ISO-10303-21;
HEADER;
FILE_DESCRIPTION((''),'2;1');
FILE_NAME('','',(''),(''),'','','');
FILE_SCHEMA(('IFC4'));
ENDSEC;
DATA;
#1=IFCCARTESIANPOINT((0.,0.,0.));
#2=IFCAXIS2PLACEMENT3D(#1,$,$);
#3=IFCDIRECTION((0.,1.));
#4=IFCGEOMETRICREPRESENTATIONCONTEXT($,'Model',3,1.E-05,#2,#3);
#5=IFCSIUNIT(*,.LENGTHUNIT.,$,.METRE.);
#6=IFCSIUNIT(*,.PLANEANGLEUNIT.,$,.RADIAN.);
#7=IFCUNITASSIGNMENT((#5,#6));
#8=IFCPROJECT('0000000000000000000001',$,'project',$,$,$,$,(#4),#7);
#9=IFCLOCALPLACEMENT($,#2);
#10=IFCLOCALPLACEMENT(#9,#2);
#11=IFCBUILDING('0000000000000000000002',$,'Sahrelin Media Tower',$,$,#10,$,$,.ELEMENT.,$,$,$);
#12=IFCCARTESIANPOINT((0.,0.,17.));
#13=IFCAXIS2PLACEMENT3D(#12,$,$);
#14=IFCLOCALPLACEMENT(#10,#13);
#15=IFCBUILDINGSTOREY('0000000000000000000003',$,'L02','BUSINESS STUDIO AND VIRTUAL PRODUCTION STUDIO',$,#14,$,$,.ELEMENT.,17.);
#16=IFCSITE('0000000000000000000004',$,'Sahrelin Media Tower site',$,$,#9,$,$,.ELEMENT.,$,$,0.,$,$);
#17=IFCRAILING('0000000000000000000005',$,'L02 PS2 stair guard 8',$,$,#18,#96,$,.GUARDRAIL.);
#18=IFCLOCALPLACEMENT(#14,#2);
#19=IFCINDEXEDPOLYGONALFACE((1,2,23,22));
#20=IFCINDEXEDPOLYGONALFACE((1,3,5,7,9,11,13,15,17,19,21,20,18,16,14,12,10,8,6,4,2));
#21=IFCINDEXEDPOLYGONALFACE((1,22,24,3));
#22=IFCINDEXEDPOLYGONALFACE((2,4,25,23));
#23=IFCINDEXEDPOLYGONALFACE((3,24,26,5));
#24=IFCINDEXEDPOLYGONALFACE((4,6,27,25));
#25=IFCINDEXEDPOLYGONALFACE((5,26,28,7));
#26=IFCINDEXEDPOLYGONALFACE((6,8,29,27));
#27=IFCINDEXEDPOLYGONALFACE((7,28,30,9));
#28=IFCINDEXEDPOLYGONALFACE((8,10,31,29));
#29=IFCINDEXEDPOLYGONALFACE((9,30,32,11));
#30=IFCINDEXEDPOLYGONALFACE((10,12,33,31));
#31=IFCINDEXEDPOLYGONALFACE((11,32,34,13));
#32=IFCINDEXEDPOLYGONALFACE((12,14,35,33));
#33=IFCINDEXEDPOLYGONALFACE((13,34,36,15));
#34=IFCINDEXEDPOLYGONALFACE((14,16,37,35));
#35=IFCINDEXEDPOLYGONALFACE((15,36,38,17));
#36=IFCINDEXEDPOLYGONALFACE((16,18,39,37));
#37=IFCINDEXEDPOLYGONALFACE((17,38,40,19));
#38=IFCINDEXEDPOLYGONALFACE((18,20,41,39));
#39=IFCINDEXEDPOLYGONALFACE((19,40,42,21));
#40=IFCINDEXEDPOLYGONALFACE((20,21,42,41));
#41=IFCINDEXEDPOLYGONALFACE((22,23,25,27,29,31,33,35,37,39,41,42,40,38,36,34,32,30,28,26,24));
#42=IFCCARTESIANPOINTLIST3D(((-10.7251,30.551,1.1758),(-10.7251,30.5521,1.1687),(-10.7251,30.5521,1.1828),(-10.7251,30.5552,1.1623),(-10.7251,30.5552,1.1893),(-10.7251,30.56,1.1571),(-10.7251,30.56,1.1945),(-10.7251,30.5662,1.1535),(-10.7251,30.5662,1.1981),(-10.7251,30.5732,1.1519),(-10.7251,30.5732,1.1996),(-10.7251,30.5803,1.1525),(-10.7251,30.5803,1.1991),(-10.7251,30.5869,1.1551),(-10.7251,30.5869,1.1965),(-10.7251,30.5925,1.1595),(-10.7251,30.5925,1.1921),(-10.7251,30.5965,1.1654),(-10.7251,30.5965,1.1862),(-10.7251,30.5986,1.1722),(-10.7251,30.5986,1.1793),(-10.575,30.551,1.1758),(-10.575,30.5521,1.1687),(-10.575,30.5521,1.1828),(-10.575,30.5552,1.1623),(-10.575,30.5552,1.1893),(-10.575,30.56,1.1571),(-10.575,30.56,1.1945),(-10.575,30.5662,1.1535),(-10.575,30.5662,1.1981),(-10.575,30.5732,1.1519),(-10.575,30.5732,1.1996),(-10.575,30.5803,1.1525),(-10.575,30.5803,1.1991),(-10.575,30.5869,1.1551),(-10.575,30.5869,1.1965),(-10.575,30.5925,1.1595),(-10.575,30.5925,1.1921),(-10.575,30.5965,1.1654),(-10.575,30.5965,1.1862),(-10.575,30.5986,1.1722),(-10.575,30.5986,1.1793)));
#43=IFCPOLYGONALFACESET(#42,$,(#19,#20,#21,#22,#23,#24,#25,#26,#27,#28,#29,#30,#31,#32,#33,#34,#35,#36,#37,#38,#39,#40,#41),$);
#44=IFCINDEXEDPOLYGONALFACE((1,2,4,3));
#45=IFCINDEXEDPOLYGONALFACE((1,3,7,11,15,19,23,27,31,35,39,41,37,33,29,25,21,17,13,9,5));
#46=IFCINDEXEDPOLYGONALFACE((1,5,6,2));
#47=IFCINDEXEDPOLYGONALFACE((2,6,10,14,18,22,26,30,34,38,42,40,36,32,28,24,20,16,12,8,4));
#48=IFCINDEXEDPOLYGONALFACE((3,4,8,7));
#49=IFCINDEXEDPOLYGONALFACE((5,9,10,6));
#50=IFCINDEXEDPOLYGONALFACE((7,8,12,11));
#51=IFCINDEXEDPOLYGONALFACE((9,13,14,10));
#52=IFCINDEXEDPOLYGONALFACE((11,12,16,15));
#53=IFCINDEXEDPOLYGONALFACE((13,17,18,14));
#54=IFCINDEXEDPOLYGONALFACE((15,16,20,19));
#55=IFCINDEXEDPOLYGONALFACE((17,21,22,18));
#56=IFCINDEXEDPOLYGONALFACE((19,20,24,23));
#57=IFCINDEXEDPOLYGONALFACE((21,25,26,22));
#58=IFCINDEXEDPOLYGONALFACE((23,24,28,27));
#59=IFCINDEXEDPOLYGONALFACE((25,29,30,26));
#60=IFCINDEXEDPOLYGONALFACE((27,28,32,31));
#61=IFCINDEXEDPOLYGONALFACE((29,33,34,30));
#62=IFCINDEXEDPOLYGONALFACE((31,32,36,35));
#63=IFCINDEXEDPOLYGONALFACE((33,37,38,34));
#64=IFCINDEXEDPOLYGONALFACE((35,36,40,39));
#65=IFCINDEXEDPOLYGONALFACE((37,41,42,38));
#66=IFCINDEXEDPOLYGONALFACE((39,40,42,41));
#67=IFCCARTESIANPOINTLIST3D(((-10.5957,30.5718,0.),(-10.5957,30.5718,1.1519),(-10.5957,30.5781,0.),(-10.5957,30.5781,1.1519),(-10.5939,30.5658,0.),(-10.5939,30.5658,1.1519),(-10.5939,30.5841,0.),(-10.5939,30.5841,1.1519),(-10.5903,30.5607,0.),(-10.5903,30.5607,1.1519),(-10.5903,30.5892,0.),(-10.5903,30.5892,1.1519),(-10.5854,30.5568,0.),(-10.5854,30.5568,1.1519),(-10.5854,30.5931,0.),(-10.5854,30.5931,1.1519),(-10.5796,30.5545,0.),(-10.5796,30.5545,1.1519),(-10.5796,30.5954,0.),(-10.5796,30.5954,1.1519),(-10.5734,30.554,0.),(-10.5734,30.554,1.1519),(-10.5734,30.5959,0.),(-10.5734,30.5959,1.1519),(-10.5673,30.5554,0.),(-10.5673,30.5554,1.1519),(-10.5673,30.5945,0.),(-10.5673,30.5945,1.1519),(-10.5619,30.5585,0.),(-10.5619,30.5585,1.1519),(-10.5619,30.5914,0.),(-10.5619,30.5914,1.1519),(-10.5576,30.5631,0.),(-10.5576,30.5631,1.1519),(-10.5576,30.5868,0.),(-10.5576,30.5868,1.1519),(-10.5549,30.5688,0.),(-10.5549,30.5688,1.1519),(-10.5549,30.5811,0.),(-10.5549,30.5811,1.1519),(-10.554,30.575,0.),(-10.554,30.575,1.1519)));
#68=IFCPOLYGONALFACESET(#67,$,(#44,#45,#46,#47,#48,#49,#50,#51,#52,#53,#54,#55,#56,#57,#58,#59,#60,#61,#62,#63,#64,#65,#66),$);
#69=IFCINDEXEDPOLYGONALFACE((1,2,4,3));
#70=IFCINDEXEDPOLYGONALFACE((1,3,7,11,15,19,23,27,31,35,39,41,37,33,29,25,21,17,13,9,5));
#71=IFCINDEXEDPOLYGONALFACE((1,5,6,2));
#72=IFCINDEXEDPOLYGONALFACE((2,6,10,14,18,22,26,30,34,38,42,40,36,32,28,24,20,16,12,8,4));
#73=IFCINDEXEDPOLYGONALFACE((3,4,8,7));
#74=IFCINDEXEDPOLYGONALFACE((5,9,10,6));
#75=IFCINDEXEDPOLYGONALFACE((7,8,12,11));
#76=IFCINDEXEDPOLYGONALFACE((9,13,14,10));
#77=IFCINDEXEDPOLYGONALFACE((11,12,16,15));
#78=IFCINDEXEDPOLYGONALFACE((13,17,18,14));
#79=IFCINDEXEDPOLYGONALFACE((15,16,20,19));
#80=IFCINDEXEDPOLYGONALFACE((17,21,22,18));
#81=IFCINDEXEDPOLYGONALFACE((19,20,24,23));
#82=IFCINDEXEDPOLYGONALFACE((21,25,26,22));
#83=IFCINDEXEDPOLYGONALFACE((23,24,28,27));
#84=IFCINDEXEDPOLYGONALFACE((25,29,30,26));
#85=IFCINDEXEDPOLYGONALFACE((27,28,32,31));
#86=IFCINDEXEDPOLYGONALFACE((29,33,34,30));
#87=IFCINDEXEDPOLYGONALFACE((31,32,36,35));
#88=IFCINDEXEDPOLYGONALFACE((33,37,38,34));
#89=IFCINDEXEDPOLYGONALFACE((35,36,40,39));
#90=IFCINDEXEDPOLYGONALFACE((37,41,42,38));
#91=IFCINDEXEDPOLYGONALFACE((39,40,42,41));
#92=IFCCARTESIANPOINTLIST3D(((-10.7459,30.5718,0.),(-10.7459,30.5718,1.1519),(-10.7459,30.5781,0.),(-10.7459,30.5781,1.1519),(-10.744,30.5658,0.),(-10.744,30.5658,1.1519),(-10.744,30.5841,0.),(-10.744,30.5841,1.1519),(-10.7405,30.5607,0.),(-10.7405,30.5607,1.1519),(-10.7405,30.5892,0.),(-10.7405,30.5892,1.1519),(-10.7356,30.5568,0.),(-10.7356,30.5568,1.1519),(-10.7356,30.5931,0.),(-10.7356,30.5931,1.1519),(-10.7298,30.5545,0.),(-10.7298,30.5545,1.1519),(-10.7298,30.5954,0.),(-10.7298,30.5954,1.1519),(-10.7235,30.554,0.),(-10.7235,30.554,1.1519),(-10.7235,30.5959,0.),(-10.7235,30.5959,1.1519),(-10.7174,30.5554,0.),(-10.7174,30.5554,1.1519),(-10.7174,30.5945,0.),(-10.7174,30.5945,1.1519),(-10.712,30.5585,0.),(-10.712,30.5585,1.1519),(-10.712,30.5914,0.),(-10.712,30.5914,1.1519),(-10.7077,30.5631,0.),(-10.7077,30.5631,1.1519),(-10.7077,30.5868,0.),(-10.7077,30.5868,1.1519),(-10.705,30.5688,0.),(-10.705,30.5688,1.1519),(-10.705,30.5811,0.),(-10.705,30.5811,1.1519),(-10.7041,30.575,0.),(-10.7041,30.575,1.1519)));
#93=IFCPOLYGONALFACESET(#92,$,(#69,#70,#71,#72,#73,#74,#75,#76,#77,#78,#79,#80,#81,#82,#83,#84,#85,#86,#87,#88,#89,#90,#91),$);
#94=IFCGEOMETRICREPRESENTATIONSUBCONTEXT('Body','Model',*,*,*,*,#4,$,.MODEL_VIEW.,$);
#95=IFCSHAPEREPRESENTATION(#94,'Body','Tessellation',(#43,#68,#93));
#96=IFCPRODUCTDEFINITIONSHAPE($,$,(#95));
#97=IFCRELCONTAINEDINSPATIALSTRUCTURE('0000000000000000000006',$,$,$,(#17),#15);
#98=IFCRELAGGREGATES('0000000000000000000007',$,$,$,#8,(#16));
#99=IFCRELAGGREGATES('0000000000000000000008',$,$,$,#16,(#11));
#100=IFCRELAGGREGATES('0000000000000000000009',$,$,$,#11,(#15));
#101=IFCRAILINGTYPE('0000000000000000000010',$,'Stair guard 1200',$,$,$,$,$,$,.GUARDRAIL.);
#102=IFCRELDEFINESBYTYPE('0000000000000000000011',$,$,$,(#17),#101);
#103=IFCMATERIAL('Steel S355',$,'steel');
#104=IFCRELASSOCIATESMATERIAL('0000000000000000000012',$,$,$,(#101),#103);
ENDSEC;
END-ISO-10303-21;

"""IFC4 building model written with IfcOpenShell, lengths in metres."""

from ifc_helpers import new_model, si_unit, direction, frame, origin, origin_2d, place, context, subcontext, project, spatial, circle, extrude, material, type_object, element, save


model = new_model("IFC4")

# Units and contexts
model_context = context("Model", 3, precision=1e-05, world=origin(), true_north=direction((0.0, 1.0)))
body_context = subcontext(model_context, "Body", "Model", "MODEL_VIEW")
ifc_project = project(units=[si_unit("LENGTHUNIT", "METRE"), si_unit("PLANEANGLEUNIT", "RADIAN")], contexts=[model_context])

# Site, building, storey
site_placement = place(None, origin())
site = spatial("IfcSite", under=ifc_project, at=site_placement, Name="Sahrelin Media Tower site", CompositionType="ELEMENT", RefElevation=0.0)
building_placement = place(site_placement, origin())
building = spatial("IfcBuilding", under=site, at=building_placement, Name="Sahrelin Media Tower", CompositionType="ELEMENT")
storey_placement = place(building_placement, frame((0.0, 0.0, 17.0)))
storey = spatial("IfcBuildingStorey", under=building, at=storey_placement, Name="L02", Description="BUSINESS STUDIO AND VIRTUAL PRODUCTION STUDIO", CompositionType="ELEMENT", Elevation=17.0)

# Shared definitions
ifc_material_1 = material(Name="Steel S355", Category="steel")

# Railing
railing_type_1 = type_object("IfcRailingType", Name="Stair guard 1200", PredefinedType="GUARDRAIL", material=ifc_material_1)
railing_1_placement = place(storey_placement, frame((-10.575, 30.575, 0.0)))
element("IfcRailing", 1, at=railing_1_placement, inside=storey, type_object=railing_type_1, Name="L02 PS2 stair guard 8", PredefinedType="GUARDRAIL", context=body_context, shape_type="SweptSolid", body=[
    extrude(circle(Radius=0.0239, at=origin_2d()), frame((0.0, 0.0, 1.1758), z_axis=(-1.0, 0.0, 0.0), x_axis=(0.0, -1.0, 0.0)), (0.0, 0.0, 1.0), 0.1501),
    extrude(circle(Radius=0.021, at=origin_2d()), origin(), (0.0, 0.0, 1.0), 1.1519),
    extrude(circle(Radius=0.021, at=origin_2d()), frame((-0.1501, 0.0, 0.0)), (0.0, 0.0, 1.0), 1.1519),
])

save(model, "model.ifc")
